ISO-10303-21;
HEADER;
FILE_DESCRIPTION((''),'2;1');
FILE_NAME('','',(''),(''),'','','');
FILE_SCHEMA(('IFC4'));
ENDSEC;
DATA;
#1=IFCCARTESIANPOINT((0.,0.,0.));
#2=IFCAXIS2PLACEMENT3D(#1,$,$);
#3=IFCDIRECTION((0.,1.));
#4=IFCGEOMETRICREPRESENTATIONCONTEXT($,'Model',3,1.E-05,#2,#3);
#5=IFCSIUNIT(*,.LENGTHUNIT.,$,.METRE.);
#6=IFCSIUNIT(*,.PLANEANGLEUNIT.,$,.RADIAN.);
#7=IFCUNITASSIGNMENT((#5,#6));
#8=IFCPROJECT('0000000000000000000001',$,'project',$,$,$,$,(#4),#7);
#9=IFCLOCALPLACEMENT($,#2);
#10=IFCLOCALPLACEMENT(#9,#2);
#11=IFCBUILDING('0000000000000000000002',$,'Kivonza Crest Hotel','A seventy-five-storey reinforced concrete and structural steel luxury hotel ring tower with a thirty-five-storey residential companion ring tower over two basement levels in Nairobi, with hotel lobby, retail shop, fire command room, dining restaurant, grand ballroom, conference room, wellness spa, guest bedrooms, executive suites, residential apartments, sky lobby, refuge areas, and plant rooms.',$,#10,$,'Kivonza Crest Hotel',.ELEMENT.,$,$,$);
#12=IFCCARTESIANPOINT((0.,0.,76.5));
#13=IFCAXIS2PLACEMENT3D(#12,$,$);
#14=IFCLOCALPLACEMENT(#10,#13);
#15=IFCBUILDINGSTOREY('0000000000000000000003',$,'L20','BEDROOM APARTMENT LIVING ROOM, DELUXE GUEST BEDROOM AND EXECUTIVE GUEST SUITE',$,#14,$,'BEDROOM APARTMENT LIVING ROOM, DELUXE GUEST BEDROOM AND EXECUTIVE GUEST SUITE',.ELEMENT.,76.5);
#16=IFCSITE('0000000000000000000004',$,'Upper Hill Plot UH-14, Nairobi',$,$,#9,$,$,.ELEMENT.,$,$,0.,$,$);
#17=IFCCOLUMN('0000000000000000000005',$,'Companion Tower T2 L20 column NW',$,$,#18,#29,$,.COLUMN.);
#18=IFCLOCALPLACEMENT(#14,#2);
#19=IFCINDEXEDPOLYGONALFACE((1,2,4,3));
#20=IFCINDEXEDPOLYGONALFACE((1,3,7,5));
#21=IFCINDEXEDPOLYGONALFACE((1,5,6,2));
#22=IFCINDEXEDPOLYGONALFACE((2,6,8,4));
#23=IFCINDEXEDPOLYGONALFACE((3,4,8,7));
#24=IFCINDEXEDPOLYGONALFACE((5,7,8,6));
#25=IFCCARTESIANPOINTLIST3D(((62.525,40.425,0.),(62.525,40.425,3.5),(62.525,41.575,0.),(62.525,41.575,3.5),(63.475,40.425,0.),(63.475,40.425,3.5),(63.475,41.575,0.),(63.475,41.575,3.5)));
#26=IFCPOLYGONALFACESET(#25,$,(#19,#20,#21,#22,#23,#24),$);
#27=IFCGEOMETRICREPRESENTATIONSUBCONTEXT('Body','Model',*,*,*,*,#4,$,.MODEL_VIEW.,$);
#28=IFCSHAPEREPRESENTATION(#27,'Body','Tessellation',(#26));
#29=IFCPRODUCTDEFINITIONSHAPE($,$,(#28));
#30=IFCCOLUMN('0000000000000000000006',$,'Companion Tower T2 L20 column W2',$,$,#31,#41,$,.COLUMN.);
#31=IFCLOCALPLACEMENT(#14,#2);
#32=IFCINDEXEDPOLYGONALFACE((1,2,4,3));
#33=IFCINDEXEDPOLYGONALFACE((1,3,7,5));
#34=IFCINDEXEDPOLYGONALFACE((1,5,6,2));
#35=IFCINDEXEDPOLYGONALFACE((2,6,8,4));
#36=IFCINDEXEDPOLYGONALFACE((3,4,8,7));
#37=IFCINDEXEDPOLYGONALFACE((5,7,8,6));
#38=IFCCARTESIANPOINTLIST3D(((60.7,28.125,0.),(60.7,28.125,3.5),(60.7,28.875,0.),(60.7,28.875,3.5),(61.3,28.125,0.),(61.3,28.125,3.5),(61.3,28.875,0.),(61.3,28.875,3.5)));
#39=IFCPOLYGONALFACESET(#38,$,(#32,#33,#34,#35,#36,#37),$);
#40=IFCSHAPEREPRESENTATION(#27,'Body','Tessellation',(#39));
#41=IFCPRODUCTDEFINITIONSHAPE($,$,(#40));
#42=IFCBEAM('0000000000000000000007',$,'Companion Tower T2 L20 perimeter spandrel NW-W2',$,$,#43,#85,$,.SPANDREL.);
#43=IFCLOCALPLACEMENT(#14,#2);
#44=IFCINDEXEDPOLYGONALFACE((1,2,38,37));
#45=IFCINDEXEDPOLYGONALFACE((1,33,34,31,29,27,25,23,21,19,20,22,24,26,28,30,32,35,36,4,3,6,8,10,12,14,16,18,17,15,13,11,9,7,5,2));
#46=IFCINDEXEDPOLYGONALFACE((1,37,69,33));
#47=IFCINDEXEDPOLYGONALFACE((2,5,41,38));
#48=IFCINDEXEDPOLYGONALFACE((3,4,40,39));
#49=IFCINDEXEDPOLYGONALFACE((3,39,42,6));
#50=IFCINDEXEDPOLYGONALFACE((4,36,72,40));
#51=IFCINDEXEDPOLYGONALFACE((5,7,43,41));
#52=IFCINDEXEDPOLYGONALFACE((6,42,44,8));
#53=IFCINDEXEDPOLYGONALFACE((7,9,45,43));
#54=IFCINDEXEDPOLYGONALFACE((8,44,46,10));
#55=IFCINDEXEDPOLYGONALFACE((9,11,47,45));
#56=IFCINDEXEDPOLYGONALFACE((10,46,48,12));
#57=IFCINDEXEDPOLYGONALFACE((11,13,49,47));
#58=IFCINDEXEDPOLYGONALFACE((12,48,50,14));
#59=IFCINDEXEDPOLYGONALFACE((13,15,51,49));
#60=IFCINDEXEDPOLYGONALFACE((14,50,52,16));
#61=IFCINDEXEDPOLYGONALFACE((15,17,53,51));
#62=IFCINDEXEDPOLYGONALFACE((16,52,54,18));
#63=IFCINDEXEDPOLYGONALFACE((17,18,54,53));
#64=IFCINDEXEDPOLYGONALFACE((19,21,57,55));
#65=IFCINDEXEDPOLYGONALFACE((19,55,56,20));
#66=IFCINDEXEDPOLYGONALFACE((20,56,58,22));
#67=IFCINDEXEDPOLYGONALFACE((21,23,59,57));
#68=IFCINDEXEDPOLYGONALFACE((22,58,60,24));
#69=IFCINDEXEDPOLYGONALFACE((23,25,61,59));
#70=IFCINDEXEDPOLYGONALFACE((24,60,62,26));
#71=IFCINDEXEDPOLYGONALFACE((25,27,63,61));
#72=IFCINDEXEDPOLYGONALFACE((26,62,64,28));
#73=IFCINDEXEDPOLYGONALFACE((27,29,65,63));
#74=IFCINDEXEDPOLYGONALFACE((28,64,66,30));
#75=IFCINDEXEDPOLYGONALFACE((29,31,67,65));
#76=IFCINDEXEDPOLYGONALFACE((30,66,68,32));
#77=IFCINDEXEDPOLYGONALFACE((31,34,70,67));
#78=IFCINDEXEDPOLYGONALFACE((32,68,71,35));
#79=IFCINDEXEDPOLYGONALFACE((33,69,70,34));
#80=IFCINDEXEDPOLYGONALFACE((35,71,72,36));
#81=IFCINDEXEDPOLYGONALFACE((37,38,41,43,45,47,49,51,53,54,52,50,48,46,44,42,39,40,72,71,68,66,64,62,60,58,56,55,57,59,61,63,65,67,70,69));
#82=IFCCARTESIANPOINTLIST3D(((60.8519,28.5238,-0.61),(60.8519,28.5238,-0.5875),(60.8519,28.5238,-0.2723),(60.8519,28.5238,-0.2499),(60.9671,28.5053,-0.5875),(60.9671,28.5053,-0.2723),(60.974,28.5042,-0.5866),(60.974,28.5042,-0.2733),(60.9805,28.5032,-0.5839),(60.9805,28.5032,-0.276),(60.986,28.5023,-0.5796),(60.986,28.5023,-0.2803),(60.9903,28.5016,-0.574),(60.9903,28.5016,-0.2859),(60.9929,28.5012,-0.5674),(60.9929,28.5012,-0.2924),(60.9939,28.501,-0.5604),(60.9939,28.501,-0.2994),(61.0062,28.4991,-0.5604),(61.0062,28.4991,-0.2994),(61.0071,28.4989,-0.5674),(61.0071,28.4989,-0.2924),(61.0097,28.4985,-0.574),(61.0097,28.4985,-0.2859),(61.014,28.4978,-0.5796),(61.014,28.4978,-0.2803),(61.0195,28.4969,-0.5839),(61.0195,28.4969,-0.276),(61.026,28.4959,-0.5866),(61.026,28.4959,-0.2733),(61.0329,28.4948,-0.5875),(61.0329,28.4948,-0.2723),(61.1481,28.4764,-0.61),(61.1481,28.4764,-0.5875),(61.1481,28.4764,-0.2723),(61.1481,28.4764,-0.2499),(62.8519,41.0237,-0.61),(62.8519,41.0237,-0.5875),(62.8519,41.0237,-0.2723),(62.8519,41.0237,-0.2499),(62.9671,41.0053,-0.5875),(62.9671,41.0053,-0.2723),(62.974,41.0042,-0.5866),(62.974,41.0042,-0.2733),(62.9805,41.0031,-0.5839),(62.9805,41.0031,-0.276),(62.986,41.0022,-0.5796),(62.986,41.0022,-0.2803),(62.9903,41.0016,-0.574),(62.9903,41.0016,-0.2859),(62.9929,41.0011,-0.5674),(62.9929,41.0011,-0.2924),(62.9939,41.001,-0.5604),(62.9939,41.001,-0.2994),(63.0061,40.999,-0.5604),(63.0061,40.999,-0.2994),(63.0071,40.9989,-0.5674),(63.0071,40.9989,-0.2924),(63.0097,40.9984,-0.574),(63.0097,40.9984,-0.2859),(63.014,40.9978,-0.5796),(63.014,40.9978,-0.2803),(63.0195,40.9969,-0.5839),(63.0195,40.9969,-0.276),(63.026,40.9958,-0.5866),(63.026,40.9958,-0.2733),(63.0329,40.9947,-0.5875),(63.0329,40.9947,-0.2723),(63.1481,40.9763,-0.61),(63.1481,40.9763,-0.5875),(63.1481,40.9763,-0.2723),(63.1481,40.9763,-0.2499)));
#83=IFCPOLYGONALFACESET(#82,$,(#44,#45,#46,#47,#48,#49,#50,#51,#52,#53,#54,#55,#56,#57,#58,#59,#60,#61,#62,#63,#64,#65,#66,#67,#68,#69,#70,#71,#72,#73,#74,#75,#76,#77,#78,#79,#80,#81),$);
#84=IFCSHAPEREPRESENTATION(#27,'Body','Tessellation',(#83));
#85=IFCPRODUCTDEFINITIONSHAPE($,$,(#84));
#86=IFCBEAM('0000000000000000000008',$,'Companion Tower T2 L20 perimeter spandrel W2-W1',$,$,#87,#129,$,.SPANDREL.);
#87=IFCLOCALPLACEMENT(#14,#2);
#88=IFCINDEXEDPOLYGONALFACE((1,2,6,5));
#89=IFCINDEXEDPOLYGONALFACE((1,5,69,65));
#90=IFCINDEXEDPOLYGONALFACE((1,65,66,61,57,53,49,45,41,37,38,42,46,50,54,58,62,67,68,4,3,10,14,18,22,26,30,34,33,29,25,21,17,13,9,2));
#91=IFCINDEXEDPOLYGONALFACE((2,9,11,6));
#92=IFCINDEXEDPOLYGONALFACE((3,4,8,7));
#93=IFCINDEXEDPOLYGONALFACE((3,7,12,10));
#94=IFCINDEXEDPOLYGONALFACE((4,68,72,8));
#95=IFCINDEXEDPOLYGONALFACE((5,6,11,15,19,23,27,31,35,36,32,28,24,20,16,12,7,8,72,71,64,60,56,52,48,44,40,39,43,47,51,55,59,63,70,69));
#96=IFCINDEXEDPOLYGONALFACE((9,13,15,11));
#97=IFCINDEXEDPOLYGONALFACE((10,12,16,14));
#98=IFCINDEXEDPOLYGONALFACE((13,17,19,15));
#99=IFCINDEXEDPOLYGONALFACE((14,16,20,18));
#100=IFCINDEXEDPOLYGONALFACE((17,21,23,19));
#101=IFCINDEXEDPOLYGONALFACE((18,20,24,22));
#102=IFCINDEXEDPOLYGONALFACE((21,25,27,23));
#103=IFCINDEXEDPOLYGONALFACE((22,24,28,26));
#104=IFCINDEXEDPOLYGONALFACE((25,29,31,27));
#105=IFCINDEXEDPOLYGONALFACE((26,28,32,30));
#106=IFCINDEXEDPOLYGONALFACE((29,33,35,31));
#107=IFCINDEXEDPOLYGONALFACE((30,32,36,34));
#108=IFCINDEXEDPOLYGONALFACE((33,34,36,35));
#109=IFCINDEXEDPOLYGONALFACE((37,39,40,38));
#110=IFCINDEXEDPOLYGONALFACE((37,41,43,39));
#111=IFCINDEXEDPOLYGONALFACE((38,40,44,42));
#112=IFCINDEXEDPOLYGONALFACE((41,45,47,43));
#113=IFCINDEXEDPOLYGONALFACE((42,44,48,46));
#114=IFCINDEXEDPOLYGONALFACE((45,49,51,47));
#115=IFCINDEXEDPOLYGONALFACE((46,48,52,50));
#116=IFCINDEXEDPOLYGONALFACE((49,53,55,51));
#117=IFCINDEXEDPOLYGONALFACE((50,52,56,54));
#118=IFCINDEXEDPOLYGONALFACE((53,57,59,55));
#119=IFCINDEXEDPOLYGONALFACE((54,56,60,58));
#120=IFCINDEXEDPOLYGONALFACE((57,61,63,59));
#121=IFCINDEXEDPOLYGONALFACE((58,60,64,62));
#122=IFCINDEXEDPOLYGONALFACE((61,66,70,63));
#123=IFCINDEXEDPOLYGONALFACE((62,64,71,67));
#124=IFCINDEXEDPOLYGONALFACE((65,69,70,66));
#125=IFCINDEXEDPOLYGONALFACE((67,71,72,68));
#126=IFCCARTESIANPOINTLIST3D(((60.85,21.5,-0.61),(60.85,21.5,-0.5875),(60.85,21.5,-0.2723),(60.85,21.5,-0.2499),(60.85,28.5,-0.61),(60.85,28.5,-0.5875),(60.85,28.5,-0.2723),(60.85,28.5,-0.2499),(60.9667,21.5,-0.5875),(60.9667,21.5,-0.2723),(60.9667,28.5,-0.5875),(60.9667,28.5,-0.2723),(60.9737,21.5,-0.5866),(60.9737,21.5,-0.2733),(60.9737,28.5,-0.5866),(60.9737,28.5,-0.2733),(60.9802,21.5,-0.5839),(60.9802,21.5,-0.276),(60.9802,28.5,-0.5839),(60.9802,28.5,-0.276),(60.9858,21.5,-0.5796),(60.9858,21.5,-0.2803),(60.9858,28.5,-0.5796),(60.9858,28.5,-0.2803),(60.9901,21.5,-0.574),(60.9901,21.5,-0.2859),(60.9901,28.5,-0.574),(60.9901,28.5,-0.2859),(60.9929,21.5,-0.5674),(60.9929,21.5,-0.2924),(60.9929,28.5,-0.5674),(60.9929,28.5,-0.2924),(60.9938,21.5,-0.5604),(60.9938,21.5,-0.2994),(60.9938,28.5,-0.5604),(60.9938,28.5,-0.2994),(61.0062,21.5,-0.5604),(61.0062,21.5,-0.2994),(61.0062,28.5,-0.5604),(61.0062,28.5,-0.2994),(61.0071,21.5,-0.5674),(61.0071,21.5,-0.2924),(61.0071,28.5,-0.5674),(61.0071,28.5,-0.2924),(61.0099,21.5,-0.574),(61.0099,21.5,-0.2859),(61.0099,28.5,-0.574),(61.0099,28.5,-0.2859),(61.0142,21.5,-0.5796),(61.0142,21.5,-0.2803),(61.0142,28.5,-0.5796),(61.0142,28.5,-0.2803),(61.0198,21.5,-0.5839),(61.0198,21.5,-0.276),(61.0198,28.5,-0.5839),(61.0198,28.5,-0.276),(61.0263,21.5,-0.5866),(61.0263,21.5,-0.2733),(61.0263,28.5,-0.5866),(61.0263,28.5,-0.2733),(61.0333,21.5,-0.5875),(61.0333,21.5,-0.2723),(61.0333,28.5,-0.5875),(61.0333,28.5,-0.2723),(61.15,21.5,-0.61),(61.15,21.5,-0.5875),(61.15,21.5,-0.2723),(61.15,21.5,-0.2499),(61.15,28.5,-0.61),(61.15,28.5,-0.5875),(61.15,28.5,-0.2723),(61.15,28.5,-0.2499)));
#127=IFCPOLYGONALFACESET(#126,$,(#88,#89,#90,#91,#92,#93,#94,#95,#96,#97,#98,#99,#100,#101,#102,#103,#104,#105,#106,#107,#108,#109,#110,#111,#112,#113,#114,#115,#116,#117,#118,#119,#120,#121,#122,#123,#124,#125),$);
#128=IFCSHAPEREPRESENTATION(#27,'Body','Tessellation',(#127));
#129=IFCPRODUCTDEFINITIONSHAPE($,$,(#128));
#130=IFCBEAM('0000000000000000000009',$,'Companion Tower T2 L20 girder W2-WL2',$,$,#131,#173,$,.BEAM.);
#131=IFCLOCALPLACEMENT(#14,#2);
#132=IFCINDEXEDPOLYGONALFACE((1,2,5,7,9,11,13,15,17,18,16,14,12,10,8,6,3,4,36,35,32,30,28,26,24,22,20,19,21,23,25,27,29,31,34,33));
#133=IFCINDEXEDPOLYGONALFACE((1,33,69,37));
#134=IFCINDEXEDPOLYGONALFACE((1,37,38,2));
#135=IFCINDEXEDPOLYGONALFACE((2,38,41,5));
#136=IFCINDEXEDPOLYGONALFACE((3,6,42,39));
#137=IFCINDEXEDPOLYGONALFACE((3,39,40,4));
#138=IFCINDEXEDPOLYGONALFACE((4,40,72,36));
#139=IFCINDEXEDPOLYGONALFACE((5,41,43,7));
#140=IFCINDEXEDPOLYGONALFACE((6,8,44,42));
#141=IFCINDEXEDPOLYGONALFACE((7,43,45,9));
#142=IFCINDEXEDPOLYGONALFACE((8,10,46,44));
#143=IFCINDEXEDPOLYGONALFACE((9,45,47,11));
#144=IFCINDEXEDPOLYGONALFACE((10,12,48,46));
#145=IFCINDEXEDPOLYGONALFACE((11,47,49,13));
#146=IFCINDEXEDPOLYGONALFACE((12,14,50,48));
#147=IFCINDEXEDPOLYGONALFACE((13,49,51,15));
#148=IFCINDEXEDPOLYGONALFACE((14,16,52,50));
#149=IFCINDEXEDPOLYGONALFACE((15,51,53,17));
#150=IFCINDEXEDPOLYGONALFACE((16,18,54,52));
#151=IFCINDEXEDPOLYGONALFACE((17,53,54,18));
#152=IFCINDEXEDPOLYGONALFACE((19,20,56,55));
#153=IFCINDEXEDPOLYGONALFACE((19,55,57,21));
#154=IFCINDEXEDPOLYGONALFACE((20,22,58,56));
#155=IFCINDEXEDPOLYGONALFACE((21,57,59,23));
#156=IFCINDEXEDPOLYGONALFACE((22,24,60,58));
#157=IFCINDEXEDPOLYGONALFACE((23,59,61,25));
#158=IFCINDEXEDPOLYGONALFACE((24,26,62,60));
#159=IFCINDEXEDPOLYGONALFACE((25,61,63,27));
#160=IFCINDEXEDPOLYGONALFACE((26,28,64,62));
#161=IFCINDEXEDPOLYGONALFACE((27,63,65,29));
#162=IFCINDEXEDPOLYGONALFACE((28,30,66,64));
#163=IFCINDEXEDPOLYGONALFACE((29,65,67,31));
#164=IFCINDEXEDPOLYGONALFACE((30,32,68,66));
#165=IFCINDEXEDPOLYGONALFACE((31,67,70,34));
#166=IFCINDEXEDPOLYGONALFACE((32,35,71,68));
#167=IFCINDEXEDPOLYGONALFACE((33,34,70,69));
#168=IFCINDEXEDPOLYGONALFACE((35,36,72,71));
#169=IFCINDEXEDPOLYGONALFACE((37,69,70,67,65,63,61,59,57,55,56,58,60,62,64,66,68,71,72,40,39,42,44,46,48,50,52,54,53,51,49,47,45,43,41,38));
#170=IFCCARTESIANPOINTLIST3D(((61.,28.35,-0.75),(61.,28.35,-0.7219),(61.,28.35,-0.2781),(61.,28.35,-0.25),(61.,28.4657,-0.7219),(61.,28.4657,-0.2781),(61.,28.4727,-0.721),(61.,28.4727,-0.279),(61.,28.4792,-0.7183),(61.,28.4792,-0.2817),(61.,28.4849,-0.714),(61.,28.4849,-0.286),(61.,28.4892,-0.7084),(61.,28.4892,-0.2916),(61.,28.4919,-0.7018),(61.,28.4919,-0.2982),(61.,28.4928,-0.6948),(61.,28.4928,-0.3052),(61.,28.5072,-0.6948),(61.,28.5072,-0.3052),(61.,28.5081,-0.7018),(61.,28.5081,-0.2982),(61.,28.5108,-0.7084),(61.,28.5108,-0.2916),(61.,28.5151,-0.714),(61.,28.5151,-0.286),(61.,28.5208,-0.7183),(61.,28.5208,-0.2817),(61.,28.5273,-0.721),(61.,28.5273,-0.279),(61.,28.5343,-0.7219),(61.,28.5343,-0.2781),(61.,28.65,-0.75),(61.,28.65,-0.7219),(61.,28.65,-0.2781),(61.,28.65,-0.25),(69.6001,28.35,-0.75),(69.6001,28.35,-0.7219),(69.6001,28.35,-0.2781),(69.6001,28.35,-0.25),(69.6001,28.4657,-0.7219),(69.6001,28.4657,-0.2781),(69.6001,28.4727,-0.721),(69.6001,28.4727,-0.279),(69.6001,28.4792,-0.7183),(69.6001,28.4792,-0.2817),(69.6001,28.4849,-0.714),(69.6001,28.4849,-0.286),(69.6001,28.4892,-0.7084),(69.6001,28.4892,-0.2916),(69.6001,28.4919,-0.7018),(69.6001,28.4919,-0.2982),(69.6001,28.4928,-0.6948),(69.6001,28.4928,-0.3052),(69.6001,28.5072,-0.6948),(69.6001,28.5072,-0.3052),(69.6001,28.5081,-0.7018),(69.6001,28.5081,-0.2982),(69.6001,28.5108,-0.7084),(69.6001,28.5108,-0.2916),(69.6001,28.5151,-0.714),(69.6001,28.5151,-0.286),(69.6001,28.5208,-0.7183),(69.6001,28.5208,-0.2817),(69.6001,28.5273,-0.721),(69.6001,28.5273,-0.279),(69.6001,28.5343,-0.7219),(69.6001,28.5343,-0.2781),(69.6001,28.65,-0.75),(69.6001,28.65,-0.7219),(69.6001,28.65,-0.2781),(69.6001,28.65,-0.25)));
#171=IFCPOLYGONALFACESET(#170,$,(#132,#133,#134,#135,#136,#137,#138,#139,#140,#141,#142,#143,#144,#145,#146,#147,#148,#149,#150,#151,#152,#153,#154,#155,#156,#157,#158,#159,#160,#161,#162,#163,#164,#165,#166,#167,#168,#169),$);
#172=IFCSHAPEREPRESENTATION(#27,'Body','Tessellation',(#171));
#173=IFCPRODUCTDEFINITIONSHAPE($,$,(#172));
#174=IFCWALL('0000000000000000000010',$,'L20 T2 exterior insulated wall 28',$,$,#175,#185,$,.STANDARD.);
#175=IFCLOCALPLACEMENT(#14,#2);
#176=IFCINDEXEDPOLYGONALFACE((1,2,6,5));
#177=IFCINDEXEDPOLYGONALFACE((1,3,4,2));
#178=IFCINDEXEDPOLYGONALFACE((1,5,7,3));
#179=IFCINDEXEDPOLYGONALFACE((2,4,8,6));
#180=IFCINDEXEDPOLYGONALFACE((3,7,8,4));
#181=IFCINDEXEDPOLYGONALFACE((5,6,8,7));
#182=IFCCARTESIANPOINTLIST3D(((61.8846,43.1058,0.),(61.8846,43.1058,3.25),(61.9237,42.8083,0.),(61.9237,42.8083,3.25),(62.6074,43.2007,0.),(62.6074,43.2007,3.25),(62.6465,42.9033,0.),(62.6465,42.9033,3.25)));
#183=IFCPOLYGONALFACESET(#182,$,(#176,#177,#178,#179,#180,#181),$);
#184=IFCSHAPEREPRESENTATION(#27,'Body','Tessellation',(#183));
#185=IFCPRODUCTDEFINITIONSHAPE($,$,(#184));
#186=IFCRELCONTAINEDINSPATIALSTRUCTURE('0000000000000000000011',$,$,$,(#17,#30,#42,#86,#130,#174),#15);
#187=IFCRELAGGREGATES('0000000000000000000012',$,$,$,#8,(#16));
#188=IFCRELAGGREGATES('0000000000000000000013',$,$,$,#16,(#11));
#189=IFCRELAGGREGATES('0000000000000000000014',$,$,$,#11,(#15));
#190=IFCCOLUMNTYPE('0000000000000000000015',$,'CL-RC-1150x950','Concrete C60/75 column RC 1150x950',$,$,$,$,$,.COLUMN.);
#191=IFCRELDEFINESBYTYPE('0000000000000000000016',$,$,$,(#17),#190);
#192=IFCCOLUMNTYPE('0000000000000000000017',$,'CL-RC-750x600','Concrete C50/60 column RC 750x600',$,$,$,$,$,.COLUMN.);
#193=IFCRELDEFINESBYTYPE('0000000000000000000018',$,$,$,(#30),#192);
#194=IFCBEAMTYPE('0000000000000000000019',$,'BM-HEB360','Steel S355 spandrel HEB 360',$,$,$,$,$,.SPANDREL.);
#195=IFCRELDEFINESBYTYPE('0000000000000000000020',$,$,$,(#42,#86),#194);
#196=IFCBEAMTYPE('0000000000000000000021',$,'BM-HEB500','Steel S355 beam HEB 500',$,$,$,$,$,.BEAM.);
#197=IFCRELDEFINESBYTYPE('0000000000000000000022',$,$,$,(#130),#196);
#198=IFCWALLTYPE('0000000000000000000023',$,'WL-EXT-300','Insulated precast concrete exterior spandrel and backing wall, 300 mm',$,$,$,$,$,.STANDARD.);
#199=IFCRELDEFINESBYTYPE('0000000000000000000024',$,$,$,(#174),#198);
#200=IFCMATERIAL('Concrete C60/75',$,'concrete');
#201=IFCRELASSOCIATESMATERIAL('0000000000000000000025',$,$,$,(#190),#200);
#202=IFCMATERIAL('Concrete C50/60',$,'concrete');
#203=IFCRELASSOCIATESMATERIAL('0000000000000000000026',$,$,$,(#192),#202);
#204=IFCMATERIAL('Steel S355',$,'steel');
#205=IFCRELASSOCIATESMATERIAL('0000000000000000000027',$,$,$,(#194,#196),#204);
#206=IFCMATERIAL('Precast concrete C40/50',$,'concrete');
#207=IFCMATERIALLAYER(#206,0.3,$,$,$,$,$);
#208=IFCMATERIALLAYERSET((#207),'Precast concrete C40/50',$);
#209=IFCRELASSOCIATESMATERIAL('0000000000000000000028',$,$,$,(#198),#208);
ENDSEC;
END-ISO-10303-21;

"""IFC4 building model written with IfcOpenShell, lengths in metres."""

from ifc_helpers import new_model, si_unit, direction, frame, frame_2d, origin, origin_2d, place, context, subcontext, project, spatial, rectangle, i_section, extrude, material, layer, layer_set, material_profile, profile_set, type_object, element, save


model = new_model("IFC4")

# Units and contexts
model_context = context("Model", 3, precision=1e-05, world=origin(), true_north=direction((0.0, 1.0)))
body_context = subcontext(model_context, "Body", "Model", "MODEL_VIEW")
ifc_project = project(units=[si_unit("LENGTHUNIT", "METRE"), si_unit("PLANEANGLEUNIT", "RADIAN")], contexts=[model_context])

# Site, building, storey
site_placement = place(None, origin())
site = spatial("IfcSite", under=ifc_project, at=site_placement, Name="Upper Hill Plot UH-14, Nairobi", CompositionType="ELEMENT", RefElevation=0.0)
building_placement = place(site_placement, origin())
building = spatial("IfcBuilding", under=site, at=building_placement, Name="Kivonza Crest Hotel", Description="A seventy-five-storey reinforced concrete and structural steel luxury hotel ring tower with a thirty-five-storey residential companion ring tower over two basement levels in Nairobi, with hotel lobby, retail shop, fire command room, dining restaurant, grand ballroom, conference room, wellness spa, guest bedrooms, executive suites, residential apartments, sky lobby, refuge areas, and plant rooms.", LongName="Kivonza Crest Hotel", CompositionType="ELEMENT")
storey_placement = place(building_placement, frame((0.0, 0.0, 76.5)))
storey = spatial("IfcBuildingStorey", under=building, at=storey_placement, Name="L20", Description="BEDROOM APARTMENT LIVING ROOM, DELUXE GUEST BEDROOM AND EXECUTIVE GUEST SUITE", LongName="BEDROOM APARTMENT LIVING ROOM, DELUXE GUEST BEDROOM AND EXECUTIVE GUEST SUITE", CompositionType="ELEMENT", Elevation=76.5)

# Columns
ifc_material_1 = material(Name="Concrete C60/75", Category="concrete")
ifc_material_profile_1 = material_profile(ifc_material_1, rectangle(XDim=0.95, YDim=1.1499, at=origin_2d()), Name="RC 1150x950")
ifc_profile_set_1 = profile_set([ifc_material_profile_1], Name="Concrete C60/75")
column_type_1 = type_object("IfcColumnType", Name="CL-RC-1150x950", Description="Concrete C60/75 column RC 1150x950", PredefinedType="COLUMN", material=ifc_profile_set_1)
column_1_placement = place(storey_placement, frame((63.0, 41.0, 0.0), z_axis=(0.0, 0.0, 1.0), x_axis=(1.0, 0.0, 0.0)))
element("IfcColumn", 1, at=column_1_placement, inside=storey, type_object=column_type_1, Name="Companion Tower T2 L20 column NW", PredefinedType="COLUMN", context=body_context, shape_type="SweptSolid", body=[
    extrude(rectangle(XDim=0.95, YDim=1.1499, at=origin_2d()), origin(), (0.0, 0.0, 1.0), 3.5),
])
ifc_material_2 = material(Name="Concrete C50/60", Category="concrete")
ifc_material_profile_2 = material_profile(ifc_material_2, rectangle(XDim=0.6001, YDim=0.75, at=origin_2d()), Name="RC 750x600")
ifc_profile_set_2 = profile_set([ifc_material_profile_2], Name="Concrete C50/60")
column_type_2 = type_object("IfcColumnType", Name="CL-RC-750x600", Description="Concrete C50/60 column RC 750x600", PredefinedType="COLUMN", material=ifc_profile_set_2)
column_2_placement = place(storey_placement, frame((61.0, 28.5, 0.0), z_axis=(0.0, 0.0, 1.0), x_axis=(1.0, 0.0, 0.0)))
element("IfcColumn", 2, at=column_2_placement, inside=storey, type_object=column_type_2, Name="Companion Tower T2 L20 column W2", PredefinedType="COLUMN", context=body_context, shape_type="SweptSolid", body=[
    extrude(rectangle(XDim=0.6001, YDim=0.75, at=origin_2d()), origin(), (0.0, 0.0, 1.0), 3.5),
])

# Beams
ifc_material_3 = material(Name="Steel S355", Category="steel")
ifc_material_profile_3 = material_profile(ifc_material_3, i_section(OverallWidth=0.3, OverallDepth=0.3601, WebThickness=0.0125, FlangeThickness=0.0225, FilletRadius=0.0271, at=origin_2d()), Name="HEB 360")
ifc_profile_set_3 = profile_set([ifc_material_profile_3], Name="Steel S355")
beam_type_1 = type_object("IfcBeamType", Name="BM-HEB360", Description="Steel S355 spandrel HEB 360", PredefinedType="SPANDREL", material=ifc_profile_set_3)
beam_1_placement = place(storey_placement, frame((63.0, 41.0, -0.4299), z_axis=(-0.157991, -0.987441, 0.0), x_axis=(0.987441, -0.157991, 0.0)))
element("IfcBeam", 3, at=beam_1_placement, inside=storey, type_object=beam_type_1, Name="Companion Tower T2 L20 perimeter spandrel NW-W2", PredefinedType="SPANDREL", context=body_context, shape_type="SweptSolid", body=[
    extrude(i_section(OverallWidth=0.3, OverallDepth=0.3601, WebThickness=0.0125, FlangeThickness=0.0225, FilletRadius=0.0271, at=origin_2d()), origin(), (0.0, 0.0, 1.0), 12.6589),
])
beam_2_placement = place(storey_placement, frame((61.0, 28.5, -0.4299), z_axis=(0.0, -1.0, 0.0), x_axis=(1.0, 0.0, 0.0)))
element("IfcBeam", 4, at=beam_2_placement, inside=storey, type_object=beam_type_1, Name="Companion Tower T2 L20 perimeter spandrel W2-W1", PredefinedType="SPANDREL", context=body_context, shape_type="SweptSolid", body=[
    extrude(i_section(OverallWidth=0.3, OverallDepth=0.3601, WebThickness=0.0125, FlangeThickness=0.0225, FilletRadius=0.0271, at=origin_2d()), origin(), (0.0, 0.0, 1.0), 7.0),
])
ifc_material_profile_4 = material_profile(ifc_material_3, i_section(OverallWidth=0.3, OverallDepth=0.5, WebThickness=0.0144, FlangeThickness=0.0281, FilletRadius=0.0271, at=origin_2d()), Name="HEB 500")
ifc_profile_set_4 = profile_set([ifc_material_profile_4], Name="Steel S355")
beam_type_2 = type_object("IfcBeamType", Name="BM-HEB500", Description="Steel S355 beam HEB 500", PredefinedType="BEAM", material=ifc_profile_set_4)
beam_3_placement = place(storey_placement, frame((61.0, 28.5, -0.5), z_axis=(1.0, 0.0, 0.0), x_axis=(0.0, 1.0, 0.0)))
element("IfcBeam", 5, at=beam_3_placement, inside=storey, type_object=beam_type_2, Name="Companion Tower T2 L20 girder W2-WL2", PredefinedType="BEAM", context=body_context, shape_type="SweptSolid", body=[
    extrude(i_section(OverallWidth=0.3, OverallDepth=0.5, WebThickness=0.0144, FlangeThickness=0.0281, FilletRadius=0.0271, at=origin_2d()), origin(), (0.0, 0.0, 1.0), 8.6001),
])

# Wall
ifc_material_4 = material(Name="Precast concrete C40/50", Category="concrete")
ifc_layer_1 = layer(ifc_material_4, 0.3)
ifc_layer_set_1 = layer_set([ifc_layer_1], Name="Precast concrete C40/50")
wall_type_1 = type_object("IfcWallType", Name="WL-EXT-300", Description="Insulated precast concrete exterior spandrel and backing wall, 300 mm", PredefinedType="STANDARD", material=ifc_layer_set_1)
wall_1_placement = place(storey_placement, frame((62.627, 43.052, 0.0), z_axis=(0.0, 0.0, 1.0), x_axis=(-0.99148, -0.130255, 0.0)))
element("IfcWall", 6, at=wall_1_placement, inside=storey, type_object=wall_type_1, Name="L20 T2 exterior insulated wall 28", PredefinedType="STANDARD", context=body_context, shape_type="SweptSolid", body=[
    extrude(rectangle(XDim=0.729, YDim=0.3, at=frame_2d((0.3645, 0.0))), origin(), (0.0, 0.0, 1.0), 3.25),
])

save(model, "model.ifc")
